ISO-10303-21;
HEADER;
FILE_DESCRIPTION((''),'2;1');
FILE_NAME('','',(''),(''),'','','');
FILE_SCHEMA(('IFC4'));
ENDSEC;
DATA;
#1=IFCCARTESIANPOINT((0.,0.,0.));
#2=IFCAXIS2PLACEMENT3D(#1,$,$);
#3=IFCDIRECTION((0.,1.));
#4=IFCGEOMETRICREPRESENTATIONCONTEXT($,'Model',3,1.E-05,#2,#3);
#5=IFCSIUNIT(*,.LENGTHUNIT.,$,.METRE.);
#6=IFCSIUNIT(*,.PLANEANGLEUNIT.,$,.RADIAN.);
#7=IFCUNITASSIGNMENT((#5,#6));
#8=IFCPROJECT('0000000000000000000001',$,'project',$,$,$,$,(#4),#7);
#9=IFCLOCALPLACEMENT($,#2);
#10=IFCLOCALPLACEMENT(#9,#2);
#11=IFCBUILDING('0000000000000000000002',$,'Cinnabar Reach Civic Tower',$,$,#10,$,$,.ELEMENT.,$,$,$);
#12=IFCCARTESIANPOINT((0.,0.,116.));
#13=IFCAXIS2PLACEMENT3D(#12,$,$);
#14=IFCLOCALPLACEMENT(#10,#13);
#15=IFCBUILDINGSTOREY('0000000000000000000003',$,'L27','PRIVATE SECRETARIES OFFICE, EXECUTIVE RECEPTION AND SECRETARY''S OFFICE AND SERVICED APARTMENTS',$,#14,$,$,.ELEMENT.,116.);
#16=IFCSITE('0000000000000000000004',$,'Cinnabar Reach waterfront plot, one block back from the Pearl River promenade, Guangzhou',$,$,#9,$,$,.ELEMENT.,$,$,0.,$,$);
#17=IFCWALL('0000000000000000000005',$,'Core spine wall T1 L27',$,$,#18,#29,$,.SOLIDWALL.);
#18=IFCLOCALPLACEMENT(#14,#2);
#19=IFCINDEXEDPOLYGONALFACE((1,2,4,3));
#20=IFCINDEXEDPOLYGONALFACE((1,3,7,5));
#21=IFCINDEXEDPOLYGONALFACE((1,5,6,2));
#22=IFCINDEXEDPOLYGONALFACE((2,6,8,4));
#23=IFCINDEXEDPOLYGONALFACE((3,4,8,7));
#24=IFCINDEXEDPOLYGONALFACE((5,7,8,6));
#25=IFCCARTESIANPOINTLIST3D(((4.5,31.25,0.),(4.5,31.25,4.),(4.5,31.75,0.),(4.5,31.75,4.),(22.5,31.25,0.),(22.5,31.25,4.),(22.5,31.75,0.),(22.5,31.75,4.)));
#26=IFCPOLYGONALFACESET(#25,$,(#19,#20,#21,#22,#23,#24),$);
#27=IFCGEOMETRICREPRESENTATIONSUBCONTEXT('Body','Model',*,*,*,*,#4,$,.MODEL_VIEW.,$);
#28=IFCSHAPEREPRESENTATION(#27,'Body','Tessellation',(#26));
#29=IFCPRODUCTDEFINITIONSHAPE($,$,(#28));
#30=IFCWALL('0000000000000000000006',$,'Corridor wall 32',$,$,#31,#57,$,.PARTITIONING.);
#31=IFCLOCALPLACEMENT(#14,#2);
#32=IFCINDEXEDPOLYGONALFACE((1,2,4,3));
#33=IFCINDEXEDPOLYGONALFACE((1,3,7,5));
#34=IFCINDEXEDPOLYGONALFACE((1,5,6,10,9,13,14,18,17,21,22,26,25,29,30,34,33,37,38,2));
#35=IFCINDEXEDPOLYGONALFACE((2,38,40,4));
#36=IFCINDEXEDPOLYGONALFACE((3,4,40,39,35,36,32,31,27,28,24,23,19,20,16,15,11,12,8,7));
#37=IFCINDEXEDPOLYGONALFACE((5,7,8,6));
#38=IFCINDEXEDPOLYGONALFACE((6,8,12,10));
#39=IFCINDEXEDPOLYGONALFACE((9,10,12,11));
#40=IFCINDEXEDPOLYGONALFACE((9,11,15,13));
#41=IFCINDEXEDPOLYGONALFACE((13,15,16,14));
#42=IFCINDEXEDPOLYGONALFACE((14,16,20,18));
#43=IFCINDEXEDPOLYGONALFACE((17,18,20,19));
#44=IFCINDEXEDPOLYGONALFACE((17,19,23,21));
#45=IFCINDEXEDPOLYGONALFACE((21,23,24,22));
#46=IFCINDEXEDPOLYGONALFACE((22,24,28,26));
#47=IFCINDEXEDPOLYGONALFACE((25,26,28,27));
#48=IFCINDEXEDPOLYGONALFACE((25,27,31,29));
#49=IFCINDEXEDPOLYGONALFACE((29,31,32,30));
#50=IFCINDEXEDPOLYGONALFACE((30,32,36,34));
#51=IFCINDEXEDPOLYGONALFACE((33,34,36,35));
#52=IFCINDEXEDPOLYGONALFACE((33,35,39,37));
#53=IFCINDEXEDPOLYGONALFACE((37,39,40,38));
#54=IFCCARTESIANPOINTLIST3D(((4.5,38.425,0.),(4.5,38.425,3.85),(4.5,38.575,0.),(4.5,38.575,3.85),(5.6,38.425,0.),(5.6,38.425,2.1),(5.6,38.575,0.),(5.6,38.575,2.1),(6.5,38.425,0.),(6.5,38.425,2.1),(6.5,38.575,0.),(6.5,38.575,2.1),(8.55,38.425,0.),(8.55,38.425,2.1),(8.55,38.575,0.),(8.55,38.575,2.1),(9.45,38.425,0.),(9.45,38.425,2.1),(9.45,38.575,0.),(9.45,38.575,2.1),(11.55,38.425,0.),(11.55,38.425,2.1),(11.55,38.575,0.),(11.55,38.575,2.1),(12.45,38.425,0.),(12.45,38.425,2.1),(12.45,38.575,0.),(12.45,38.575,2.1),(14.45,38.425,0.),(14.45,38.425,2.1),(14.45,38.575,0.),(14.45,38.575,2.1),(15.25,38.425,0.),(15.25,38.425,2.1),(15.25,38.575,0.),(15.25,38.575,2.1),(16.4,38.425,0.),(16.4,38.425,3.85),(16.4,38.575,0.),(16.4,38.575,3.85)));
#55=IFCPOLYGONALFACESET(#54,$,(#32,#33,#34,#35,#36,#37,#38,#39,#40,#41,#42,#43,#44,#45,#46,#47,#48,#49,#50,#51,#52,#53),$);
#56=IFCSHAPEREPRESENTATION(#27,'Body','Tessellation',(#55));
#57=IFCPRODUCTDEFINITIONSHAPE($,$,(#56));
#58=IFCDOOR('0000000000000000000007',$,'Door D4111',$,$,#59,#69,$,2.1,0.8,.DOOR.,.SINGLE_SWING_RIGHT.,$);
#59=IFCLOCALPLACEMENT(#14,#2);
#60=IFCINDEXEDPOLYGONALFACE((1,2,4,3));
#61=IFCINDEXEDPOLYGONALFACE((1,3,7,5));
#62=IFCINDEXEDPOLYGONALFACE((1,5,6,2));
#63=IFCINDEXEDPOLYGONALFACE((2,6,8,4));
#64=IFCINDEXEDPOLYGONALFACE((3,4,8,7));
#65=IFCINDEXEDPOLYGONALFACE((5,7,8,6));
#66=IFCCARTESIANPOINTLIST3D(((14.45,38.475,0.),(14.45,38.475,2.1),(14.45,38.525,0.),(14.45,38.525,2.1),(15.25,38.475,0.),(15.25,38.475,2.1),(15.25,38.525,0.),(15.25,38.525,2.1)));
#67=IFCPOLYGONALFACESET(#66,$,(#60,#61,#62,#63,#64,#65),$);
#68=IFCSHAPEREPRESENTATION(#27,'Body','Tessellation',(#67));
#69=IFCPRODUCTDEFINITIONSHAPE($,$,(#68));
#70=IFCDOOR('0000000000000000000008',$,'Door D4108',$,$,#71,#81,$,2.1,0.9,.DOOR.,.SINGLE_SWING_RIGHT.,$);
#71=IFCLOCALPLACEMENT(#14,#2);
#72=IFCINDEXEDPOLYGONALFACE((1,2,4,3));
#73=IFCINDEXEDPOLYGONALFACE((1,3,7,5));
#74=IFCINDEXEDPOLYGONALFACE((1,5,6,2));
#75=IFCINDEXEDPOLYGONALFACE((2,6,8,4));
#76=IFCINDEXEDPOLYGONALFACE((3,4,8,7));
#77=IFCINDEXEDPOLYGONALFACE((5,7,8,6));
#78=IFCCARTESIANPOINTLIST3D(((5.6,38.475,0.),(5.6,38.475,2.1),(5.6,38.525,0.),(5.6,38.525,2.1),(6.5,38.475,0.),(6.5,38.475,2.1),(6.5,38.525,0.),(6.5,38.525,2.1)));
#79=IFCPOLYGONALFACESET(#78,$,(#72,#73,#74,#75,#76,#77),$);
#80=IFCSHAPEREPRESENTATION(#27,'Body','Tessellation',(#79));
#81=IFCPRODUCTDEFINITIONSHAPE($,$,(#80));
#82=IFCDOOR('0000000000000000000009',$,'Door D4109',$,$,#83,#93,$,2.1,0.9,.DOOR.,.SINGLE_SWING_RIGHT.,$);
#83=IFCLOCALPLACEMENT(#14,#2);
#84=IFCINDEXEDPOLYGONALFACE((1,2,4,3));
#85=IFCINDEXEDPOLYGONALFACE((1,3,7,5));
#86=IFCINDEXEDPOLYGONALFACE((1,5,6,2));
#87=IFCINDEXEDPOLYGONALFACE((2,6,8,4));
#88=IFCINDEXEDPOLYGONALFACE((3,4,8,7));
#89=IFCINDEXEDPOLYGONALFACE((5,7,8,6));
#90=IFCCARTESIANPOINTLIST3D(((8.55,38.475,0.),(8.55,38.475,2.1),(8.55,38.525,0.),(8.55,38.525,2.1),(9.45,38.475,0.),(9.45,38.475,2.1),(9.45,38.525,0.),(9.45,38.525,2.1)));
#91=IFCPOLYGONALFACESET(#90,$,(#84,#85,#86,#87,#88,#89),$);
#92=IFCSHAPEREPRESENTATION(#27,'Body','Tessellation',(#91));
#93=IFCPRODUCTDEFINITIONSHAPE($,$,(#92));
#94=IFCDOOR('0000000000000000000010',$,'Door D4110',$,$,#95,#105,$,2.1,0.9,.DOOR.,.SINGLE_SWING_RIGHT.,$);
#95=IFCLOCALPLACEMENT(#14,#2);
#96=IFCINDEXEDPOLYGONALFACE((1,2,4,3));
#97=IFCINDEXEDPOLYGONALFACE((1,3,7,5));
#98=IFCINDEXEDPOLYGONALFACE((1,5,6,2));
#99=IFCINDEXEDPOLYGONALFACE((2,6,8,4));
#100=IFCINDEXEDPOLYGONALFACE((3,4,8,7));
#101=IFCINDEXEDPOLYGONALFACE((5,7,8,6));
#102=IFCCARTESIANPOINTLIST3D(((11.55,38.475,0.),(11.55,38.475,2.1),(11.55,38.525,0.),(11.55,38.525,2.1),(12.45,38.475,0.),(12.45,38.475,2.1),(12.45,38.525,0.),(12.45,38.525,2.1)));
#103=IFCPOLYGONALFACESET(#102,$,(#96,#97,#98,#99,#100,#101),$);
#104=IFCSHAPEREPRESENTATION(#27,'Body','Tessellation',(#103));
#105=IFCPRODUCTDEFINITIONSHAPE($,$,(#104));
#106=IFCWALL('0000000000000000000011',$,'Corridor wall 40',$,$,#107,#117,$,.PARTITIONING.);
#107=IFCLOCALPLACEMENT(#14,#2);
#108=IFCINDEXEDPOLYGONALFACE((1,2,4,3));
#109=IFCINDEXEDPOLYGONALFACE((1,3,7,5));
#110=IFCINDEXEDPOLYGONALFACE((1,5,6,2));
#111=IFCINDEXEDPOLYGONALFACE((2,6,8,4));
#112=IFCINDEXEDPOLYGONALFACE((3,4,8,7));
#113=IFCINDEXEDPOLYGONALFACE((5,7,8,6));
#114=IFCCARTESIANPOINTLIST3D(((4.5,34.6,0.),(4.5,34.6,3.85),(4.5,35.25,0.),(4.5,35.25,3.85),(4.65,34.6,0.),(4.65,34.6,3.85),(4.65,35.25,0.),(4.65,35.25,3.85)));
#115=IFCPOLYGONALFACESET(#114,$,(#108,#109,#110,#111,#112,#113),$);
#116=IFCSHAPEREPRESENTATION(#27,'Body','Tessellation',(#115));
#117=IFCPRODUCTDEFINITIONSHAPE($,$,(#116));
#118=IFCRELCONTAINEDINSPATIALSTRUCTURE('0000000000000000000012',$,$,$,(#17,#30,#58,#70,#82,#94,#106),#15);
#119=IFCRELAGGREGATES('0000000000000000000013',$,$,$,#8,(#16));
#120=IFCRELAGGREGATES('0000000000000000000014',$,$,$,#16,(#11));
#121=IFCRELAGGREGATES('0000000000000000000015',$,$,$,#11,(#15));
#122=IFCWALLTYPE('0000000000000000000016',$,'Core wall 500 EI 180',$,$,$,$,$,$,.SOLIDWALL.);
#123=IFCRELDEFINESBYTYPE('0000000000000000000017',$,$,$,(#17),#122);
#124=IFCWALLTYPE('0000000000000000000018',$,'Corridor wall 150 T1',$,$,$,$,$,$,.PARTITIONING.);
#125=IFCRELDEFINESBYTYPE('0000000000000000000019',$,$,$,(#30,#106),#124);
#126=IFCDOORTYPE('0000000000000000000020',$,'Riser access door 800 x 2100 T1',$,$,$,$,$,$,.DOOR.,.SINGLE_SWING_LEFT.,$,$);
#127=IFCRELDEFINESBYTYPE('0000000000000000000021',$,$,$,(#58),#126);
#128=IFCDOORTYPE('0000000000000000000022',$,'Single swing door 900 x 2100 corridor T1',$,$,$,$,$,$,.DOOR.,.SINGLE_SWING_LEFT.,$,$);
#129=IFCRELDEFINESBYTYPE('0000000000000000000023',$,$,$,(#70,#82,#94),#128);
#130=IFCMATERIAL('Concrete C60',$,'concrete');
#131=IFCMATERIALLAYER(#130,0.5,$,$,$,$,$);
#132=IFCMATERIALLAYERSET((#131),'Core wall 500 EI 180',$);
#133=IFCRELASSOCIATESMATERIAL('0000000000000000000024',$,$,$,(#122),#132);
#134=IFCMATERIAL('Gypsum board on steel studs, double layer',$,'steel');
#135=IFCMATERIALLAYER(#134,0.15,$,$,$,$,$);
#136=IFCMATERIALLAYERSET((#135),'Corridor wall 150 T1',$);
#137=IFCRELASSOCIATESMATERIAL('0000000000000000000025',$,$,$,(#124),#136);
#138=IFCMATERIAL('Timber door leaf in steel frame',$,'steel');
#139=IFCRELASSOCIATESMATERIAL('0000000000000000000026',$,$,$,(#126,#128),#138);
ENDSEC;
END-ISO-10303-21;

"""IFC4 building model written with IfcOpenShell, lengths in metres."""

from ifc_helpers import new_model, si_unit, direction, frame, frame_2d, origin, place, context, subcontext, project, spatial, rectangle, extrude, material, layer, layer_set, type_object, element, fill, save


model = new_model("IFC4")

# Units and contexts
model_context = context("Model", 3, precision=1e-05, world=origin(), true_north=direction((0.0, 1.0)))
body_context = subcontext(model_context, "Body", "Model", "MODEL_VIEW")
ifc_project = project(units=[si_unit("LENGTHUNIT", "METRE"), si_unit("PLANEANGLEUNIT", "RADIAN")], contexts=[model_context])

# Site, building, storey
site_placement = place(None, origin())
site = spatial("IfcSite", under=ifc_project, at=site_placement, Name="Cinnabar Reach waterfront plot, one block back from the Pearl River promenade, Guangzhou", CompositionType="ELEMENT", RefElevation=0.0)
building_placement = place(site_placement, origin())
building = spatial("IfcBuilding", under=site, at=building_placement, Name="Cinnabar Reach Civic Tower", CompositionType="ELEMENT")
storey_placement = place(building_placement, frame((0.0, 0.0, 116.0)))
storey = spatial("IfcBuildingStorey", under=building, at=storey_placement, Name="L27", Description="PRIVATE SECRETARIES OFFICE, EXECUTIVE RECEPTION AND SECRETARY'S OFFICE AND SERVICED APARTMENTS", CompositionType="ELEMENT", Elevation=116.0)

# Wall
ifc_material_1 = material(Name="Concrete C60", Category="concrete")
ifc_layer_1 = layer(ifc_material_1, 0.5)
ifc_layer_set_1 = layer_set([ifc_layer_1], Name="Core wall 500 EI 180")
wall_type_1 = type_object("IfcWallType", Name="Core wall 500 EI 180", PredefinedType="SOLIDWALL", material=ifc_layer_set_1)
wall_1_placement = place(storey_placement, frame((4.5, 31.5, 0.0), z_axis=(0.0, 0.0, 1.0), x_axis=(1.0, 0.0, 0.0)))
element("IfcWall", 1, at=wall_1_placement, inside=storey, type_object=wall_type_1, Name="Core spine wall T1 L27", PredefinedType="SOLIDWALL", context=body_context, shape_type="SweptSolid", body=[
    extrude(rectangle(XDim=18.0, YDim=0.5, at=frame_2d((9.0, 0.0))), origin(), (0.0, 0.0, 1.0), 4.0),
])

# Wall, openings, doors
ifc_material_2 = material(Name="Gypsum board on steel studs, double layer", Category="steel")
ifc_layer_2 = layer(ifc_material_2, 0.15)
ifc_layer_set_2 = layer_set([ifc_layer_2], Name="Corridor wall 150 T1")
wall_type_2 = type_object("IfcWallType", Name="Corridor wall 150 T1", PredefinedType="PARTITIONING", material=ifc_layer_set_2)
wall_2_placement = place(storey_placement, frame((4.5, 38.5, 0.0), z_axis=(0.0, 0.0, 1.0), x_axis=(1.0, 0.0, 0.0)))
wall_2 = element("IfcWall", 2, at=wall_2_placement, inside=storey, type_object=wall_type_2, Name="Corridor wall 32", PredefinedType="PARTITIONING", context=body_context, shape_type="SweptSolid", body=[
    extrude(rectangle(XDim=11.9, YDim=0.15, at=frame_2d((5.95, 0.0))), origin(), (0.0, 0.0, 1.0), 3.85),
])
opening_1_placement = place(wall_2_placement, frame((1.1, 0.0, 0.0)))
opening_1 = element("IfcOpeningElement", 3, at=opening_1_placement, cuts=wall_2, PredefinedType="OPENING", context=body_context, shape_type="SweptSolid", body=[
    extrude(rectangle(XDim=0.9, YDim=2.1, at=frame_2d((0.45, 1.05))), frame((0.0, 0.085, 0.0), z_axis=(0.0, -1.0, 0.0), x_axis=(1.0, 0.0, 0.0)), (0.0, 0.0, 1.0), 0.17),
])
opening_2_placement = place(wall_2_placement, frame((4.05, 0.0, 0.0)))
opening_2 = element("IfcOpeningElement", 4, at=opening_2_placement, cuts=wall_2, PredefinedType="OPENING", context=body_context, shape_type="SweptSolid", body=[
    extrude(rectangle(XDim=0.9, YDim=2.1, at=frame_2d((0.45, 1.05))), frame((0.0, 0.085, 0.0), z_axis=(0.0, -1.0, 0.0), x_axis=(1.0, 0.0, 0.0)), (0.0, 0.0, 1.0), 0.17),
])
opening_3_placement = place(wall_2_placement, frame((7.05, 0.0, 0.0)))
opening_3 = element("IfcOpeningElement", 5, at=opening_3_placement, cuts=wall_2, PredefinedType="OPENING", context=body_context, shape_type="SweptSolid", body=[
    extrude(rectangle(XDim=0.9, YDim=2.1, at=frame_2d((0.45, 1.05))), frame((0.0, 0.085, 0.0), z_axis=(0.0, -1.0, 0.0), x_axis=(1.0, 0.0, 0.0)), (0.0, 0.0, 1.0), 0.17),
])
opening_4_placement = place(wall_2_placement, frame((9.95, 0.0, 0.0)))
opening_4 = element("IfcOpeningElement", 6, at=opening_4_placement, cuts=wall_2, PredefinedType="OPENING", context=body_context, shape_type="SweptSolid", body=[
    extrude(rectangle(XDim=0.8, YDim=2.1, at=frame_2d((0.4, 1.05))), frame((0.0, 0.085, 0.0), z_axis=(0.0, -1.0, 0.0), x_axis=(1.0, 0.0, 0.0)), (0.0, 0.0, 1.0), 0.17),
])
ifc_material_3 = material(Name="Timber door leaf in steel frame", Category="steel")
door_type_1 = type_object("IfcDoorType", Name="Riser access door 800 x 2100 T1", OperationType="SINGLE_SWING_LEFT", PredefinedType="DOOR", material=ifc_material_3)
door_1_placement = place(opening_4_placement, origin())
door_1 = element("IfcDoor", 7, at=door_1_placement, inside=storey, type_object=door_type_1, Name="Door D4111", OperationType="SINGLE_SWING_RIGHT", OverallHeight=2.1, OverallWidth=0.8, PredefinedType="DOOR", context=body_context, shape_type="SweptSolid", body=[
    extrude(rectangle(XDim=0.8, YDim=2.1, at=frame_2d((0.4, 1.05))), frame((0.0, 0.025, 0.0), z_axis=(0.0, -1.0, 0.0), x_axis=(1.0, 0.0, 0.0)), (0.0, 0.0, 1.0), 0.05),
])
fill(opening_4, door_1)
door_type_2 = type_object("IfcDoorType", Name="Single swing door 900 x 2100 corridor T1", OperationType="SINGLE_SWING_LEFT", PredefinedType="DOOR", material=ifc_material_3)
door_2_placement = place(opening_1_placement, origin())
door_2 = element("IfcDoor", 8, at=door_2_placement, inside=storey, type_object=door_type_2, Name="Door D4108", OperationType="SINGLE_SWING_RIGHT", OverallHeight=2.1, OverallWidth=0.9, PredefinedType="DOOR", context=body_context, shape_type="SweptSolid", body=[
    extrude(rectangle(XDim=0.9, YDim=2.1, at=frame_2d((0.45, 1.05))), frame((0.0, 0.025, 0.0), z_axis=(0.0, -1.0, 0.0), x_axis=(1.0, 0.0, 0.0)), (0.0, 0.0, 1.0), 0.05),
])
fill(opening_1, door_2)
door_3_placement = place(opening_2_placement, origin())
door_3 = element("IfcDoor", 9, at=door_3_placement, inside=storey, type_object=door_type_2, Name="Door D4109", OperationType="SINGLE_SWING_RIGHT", OverallHeight=2.1, OverallWidth=0.9, PredefinedType="DOOR", context=body_context, shape_type="SweptSolid", body=[
    extrude(rectangle(XDim=0.9, YDim=2.1, at=frame_2d((0.45, 1.05))), frame((0.0, 0.025, 0.0), z_axis=(0.0, -1.0, 0.0), x_axis=(1.0, 0.0, 0.0)), (0.0, 0.0, 1.0), 0.05),
])
fill(opening_2, door_3)
door_4_placement = place(opening_3_placement, origin())
door_4 = element("IfcDoor", 10, at=door_4_placement, inside=storey, type_object=door_type_2, Name="Door D4110", OperationType="SINGLE_SWING_RIGHT", OverallHeight=2.1, OverallWidth=0.9, PredefinedType="DOOR", context=body_context, shape_type="SweptSolid", body=[
    extrude(rectangle(XDim=0.9, YDim=2.1, at=frame_2d((0.45, 1.05))), frame((0.0, 0.025, 0.0), z_axis=(0.0, -1.0, 0.0), x_axis=(1.0, 0.0, 0.0)), (0.0, 0.0, 1.0), 0.05),
])
fill(opening_3, door_4)

# Wall
wall_3_placement = place(storey_placement, frame((4.575, 34.6, 0.0), z_axis=(0.0, 0.0, 1.0), x_axis=(0.0, 1.0, 0.0)))
element("IfcWall", 11, at=wall_3_placement, inside=storey, type_object=wall_type_2, Name="Corridor wall 40", PredefinedType="PARTITIONING", context=body_context, shape_type="SweptSolid", body=[
    extrude(rectangle(XDim=0.65, YDim=0.15, at=frame_2d((0.325, 0.0))), origin(), (0.0, 0.0, 1.0), 3.85),
])

save(model, "model.ifc")
